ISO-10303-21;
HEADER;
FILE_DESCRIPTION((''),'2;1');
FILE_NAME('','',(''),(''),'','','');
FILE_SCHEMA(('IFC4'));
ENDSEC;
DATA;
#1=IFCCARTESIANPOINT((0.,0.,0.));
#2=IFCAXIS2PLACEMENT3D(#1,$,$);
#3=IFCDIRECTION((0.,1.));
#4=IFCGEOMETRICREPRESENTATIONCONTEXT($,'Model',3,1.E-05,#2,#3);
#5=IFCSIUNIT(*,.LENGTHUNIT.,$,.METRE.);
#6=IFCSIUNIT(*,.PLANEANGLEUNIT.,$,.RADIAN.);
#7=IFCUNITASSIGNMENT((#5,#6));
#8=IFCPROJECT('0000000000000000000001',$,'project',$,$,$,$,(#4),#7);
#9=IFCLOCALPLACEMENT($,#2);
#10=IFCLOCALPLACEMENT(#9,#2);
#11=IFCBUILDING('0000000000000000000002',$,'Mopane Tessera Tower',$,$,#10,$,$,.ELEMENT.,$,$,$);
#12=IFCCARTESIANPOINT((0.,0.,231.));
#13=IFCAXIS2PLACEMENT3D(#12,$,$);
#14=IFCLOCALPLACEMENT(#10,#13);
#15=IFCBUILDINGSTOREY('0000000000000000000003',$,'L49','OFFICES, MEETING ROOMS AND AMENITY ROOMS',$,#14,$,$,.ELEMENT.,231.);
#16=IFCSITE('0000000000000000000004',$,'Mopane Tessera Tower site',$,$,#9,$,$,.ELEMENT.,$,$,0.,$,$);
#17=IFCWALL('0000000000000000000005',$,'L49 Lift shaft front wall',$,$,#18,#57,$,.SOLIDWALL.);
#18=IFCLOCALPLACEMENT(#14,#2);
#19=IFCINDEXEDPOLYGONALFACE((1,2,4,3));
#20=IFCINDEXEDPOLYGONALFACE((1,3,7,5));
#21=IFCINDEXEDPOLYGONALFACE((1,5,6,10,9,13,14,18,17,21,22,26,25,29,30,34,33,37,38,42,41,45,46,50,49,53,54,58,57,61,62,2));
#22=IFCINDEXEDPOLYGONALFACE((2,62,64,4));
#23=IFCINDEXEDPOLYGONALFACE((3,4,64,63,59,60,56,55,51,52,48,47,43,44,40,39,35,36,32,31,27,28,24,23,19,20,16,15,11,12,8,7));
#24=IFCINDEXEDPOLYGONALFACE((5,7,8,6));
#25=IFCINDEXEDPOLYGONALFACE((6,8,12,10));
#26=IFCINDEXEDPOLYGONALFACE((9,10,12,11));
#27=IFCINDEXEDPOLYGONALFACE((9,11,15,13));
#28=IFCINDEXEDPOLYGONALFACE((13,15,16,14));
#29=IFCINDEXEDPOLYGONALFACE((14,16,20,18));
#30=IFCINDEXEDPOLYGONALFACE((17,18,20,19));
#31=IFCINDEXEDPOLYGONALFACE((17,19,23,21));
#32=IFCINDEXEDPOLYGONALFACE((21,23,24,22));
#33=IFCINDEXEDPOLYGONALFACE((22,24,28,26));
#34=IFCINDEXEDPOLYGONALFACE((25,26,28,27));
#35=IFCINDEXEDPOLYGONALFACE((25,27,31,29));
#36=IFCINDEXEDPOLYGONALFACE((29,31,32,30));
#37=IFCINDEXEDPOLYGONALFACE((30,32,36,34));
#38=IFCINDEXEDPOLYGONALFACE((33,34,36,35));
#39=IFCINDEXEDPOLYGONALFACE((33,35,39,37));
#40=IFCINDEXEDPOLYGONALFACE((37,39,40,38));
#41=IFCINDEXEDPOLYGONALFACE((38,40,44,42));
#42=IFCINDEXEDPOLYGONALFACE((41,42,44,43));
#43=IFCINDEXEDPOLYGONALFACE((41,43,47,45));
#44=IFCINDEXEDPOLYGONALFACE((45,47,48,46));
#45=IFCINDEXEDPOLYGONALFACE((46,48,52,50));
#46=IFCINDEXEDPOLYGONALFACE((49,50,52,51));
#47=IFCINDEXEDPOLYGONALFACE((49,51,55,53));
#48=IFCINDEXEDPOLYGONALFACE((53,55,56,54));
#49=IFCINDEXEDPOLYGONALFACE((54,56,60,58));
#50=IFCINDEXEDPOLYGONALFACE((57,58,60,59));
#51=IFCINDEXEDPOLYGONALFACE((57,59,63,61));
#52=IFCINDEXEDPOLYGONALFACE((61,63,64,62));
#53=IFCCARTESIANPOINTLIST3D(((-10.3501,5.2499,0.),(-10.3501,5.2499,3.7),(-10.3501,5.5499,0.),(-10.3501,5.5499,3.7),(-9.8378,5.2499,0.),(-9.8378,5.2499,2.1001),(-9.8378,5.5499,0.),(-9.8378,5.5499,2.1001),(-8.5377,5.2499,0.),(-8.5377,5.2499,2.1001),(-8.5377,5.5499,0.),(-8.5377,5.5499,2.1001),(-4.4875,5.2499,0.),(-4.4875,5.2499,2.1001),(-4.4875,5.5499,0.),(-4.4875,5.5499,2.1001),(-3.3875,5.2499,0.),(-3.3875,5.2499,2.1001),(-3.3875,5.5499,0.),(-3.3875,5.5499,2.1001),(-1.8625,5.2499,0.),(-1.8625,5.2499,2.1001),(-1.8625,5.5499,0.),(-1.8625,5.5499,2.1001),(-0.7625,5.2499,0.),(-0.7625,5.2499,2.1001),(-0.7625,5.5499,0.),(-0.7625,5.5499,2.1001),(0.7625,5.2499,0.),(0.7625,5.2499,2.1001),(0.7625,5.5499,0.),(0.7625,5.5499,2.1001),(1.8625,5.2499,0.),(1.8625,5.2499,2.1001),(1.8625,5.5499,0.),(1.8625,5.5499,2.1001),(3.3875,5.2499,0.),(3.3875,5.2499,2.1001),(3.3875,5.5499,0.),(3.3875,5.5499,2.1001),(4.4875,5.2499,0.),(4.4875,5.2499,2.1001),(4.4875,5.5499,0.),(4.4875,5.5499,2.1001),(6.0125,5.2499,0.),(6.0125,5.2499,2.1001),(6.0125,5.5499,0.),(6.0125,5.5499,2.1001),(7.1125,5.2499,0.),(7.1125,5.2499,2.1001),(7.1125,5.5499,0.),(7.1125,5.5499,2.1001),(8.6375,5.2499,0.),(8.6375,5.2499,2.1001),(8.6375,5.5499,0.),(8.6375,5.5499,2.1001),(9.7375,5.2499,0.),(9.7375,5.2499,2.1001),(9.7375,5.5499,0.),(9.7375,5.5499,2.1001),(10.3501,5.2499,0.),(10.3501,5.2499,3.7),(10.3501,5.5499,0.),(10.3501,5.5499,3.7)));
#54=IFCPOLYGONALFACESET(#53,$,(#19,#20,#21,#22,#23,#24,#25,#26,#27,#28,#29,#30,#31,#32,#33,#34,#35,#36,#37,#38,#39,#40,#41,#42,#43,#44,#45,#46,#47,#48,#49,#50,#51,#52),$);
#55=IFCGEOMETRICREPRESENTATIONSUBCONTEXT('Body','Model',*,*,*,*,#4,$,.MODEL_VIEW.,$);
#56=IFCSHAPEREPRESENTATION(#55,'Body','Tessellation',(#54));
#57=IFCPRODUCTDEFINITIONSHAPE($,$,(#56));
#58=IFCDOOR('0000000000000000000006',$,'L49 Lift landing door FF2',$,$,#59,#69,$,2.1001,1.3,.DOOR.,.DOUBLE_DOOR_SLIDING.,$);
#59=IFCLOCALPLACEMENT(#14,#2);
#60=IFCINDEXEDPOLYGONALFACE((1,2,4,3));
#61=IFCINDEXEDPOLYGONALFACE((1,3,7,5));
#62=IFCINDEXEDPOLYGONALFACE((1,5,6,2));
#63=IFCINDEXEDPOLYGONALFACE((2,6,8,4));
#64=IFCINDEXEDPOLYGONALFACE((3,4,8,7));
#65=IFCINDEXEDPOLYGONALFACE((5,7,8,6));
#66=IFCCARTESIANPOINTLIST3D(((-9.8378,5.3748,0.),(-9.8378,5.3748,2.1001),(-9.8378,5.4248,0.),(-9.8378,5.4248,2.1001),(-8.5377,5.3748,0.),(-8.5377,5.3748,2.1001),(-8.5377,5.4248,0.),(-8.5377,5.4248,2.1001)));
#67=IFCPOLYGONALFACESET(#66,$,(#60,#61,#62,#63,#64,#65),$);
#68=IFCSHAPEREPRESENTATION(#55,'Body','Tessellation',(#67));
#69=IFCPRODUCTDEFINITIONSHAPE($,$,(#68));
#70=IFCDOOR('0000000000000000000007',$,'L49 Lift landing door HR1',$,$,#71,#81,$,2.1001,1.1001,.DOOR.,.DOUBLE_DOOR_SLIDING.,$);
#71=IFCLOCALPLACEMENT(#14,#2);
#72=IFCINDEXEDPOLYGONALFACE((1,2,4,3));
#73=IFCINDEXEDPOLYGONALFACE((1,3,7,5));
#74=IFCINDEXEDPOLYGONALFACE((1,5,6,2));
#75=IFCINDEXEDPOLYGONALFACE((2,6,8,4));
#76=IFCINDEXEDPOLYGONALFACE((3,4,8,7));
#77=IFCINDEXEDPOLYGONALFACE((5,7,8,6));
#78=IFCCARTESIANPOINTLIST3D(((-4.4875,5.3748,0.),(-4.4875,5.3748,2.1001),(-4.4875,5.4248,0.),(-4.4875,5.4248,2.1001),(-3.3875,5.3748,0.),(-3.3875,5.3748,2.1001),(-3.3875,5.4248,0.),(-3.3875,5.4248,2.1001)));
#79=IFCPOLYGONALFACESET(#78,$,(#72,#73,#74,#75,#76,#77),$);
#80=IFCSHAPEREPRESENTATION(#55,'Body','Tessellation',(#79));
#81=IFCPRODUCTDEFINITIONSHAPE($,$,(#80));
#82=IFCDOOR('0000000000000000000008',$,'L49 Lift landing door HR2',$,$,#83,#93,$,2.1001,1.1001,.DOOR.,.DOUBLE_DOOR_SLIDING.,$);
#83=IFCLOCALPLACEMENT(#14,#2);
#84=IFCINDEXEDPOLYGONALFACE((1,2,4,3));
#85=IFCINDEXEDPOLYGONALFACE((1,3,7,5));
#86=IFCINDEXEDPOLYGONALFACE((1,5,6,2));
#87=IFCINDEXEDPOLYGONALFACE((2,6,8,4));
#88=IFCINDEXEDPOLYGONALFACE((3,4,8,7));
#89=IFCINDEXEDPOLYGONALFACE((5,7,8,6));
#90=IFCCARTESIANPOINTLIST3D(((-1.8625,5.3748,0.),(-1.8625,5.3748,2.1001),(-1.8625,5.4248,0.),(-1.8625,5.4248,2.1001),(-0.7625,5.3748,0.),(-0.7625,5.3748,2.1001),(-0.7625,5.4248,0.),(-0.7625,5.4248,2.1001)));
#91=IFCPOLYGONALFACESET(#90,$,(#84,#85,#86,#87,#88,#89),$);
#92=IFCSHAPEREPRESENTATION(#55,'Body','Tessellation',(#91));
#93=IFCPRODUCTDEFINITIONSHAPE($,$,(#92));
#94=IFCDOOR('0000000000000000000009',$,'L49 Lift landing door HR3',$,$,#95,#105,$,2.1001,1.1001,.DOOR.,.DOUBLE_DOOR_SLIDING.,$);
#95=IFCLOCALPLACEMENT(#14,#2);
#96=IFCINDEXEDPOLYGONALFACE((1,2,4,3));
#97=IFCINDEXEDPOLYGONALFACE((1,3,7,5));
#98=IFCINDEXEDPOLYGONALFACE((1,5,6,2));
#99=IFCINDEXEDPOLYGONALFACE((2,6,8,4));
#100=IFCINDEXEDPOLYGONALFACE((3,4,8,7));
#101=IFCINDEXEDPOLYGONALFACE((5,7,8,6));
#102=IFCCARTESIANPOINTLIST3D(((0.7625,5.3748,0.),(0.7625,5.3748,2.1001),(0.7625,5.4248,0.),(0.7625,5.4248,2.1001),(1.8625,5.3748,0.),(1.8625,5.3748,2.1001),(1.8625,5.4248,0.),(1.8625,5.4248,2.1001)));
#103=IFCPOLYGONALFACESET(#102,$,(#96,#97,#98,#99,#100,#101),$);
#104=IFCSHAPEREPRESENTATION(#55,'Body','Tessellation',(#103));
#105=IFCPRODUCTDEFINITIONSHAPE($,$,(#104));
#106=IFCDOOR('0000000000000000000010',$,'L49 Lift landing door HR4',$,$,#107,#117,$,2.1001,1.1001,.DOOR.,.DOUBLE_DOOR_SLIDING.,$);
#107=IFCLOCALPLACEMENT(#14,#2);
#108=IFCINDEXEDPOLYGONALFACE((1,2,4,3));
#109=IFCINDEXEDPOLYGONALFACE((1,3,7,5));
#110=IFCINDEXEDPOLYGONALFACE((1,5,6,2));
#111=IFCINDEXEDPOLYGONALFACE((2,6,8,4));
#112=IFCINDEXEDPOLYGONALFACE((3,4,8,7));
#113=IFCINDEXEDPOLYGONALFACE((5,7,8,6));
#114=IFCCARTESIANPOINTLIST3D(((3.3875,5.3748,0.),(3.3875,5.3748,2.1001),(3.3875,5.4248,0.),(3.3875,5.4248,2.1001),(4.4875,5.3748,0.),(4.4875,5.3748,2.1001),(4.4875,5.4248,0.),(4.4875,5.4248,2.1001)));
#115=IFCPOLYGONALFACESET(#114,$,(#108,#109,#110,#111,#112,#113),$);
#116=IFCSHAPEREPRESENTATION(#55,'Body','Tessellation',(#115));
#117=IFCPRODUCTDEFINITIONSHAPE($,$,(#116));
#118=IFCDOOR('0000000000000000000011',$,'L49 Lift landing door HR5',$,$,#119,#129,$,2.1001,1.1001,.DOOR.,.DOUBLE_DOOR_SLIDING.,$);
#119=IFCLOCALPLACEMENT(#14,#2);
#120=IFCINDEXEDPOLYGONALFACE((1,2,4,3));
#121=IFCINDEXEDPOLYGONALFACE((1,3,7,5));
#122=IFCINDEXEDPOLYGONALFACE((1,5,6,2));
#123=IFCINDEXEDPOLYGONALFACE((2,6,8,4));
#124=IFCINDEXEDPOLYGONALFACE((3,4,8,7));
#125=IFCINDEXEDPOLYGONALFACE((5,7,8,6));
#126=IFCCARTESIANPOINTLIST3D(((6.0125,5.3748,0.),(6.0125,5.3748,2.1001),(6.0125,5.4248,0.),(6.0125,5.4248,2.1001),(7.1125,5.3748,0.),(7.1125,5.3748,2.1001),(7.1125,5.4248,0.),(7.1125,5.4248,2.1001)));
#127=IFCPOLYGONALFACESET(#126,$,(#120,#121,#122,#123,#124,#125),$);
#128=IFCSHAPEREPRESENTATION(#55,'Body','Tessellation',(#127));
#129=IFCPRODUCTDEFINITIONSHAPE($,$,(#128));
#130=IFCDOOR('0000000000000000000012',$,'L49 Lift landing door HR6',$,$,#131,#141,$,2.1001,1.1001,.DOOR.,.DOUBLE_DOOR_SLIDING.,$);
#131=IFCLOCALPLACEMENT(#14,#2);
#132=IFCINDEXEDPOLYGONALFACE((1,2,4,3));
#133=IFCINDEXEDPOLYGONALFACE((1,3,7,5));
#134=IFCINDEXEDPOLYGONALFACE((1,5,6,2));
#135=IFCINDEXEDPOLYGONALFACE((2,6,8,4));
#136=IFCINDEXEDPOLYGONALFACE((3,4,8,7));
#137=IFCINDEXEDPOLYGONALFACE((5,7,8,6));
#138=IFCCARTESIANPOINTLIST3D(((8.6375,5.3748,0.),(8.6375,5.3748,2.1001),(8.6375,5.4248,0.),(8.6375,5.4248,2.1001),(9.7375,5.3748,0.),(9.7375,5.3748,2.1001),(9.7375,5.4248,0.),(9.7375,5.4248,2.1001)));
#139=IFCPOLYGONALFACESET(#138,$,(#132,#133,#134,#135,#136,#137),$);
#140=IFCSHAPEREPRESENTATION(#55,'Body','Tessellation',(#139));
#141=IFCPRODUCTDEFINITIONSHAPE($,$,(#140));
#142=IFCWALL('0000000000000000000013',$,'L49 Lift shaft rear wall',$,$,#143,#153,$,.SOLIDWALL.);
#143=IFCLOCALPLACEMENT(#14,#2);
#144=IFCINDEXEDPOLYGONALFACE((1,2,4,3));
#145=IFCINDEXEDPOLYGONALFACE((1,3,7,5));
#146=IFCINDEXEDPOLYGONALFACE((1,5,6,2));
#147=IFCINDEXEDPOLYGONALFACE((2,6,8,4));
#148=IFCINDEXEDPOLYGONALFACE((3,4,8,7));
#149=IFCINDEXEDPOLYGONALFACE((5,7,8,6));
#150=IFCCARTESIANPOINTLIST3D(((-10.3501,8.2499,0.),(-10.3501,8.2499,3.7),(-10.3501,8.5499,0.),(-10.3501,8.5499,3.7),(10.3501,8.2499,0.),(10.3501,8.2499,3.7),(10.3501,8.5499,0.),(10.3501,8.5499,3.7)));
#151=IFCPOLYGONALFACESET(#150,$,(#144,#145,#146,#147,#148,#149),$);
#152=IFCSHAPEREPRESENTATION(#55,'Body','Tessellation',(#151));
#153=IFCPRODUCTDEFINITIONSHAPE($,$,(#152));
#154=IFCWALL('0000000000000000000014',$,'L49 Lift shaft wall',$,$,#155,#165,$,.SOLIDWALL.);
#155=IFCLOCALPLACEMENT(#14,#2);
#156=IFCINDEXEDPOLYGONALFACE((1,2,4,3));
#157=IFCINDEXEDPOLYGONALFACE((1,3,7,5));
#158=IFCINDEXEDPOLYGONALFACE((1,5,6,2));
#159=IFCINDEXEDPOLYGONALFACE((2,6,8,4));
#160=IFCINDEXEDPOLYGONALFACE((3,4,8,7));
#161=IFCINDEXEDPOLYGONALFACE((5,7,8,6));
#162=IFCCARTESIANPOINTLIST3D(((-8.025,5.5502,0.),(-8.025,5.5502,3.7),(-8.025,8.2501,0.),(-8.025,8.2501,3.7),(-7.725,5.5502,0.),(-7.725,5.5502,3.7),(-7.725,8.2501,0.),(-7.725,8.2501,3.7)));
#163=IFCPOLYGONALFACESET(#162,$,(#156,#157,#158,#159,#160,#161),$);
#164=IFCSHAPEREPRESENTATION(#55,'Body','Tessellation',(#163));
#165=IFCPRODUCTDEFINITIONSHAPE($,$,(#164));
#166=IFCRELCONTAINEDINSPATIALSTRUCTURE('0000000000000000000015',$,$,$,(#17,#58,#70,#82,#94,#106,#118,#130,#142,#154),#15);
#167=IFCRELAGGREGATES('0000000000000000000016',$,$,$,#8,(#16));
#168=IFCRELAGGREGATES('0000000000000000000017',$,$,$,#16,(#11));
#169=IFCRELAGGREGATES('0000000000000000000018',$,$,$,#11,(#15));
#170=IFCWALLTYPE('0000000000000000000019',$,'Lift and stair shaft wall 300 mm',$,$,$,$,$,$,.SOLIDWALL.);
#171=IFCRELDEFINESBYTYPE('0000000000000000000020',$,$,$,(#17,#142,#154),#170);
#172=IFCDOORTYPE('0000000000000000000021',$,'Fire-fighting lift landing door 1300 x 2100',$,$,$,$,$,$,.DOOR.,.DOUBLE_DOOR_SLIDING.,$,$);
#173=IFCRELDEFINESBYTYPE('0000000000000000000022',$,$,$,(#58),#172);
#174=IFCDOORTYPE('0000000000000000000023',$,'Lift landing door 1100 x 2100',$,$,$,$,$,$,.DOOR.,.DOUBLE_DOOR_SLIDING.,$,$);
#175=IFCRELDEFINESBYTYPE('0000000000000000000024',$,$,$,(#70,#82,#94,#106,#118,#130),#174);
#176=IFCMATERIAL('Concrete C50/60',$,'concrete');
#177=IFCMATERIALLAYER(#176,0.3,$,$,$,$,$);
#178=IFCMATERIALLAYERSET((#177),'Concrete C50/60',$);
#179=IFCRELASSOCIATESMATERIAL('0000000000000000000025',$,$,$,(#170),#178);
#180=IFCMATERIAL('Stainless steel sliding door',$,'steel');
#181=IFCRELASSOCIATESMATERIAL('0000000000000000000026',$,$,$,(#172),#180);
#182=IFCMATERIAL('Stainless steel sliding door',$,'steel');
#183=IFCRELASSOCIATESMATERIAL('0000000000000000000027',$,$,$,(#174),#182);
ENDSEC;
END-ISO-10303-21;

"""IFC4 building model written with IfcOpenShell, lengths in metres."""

from ifc_helpers import new_model, si_unit, direction, frame, frame_2d, origin, place, context, subcontext, project, spatial, rectangle, extrude, material, layer, layer_set, type_object, element, fill, save


model = new_model("IFC4")

# Units and contexts
model_context = context("Model", 3, precision=1e-05, world=origin(), true_north=direction((0.0, 1.0)))
body_context = subcontext(model_context, "Body", "Model", "MODEL_VIEW")
ifc_project = project(units=[si_unit("LENGTHUNIT", "METRE"), si_unit("PLANEANGLEUNIT", "RADIAN")], contexts=[model_context])

# Site, building, storey
site_placement = place(None, origin())
site = spatial("IfcSite", under=ifc_project, at=site_placement, Name="Mopane Tessera Tower site", CompositionType="ELEMENT", RefElevation=0.0)
building_placement = place(site_placement, origin())
building = spatial("IfcBuilding", under=site, at=building_placement, Name="Mopane Tessera Tower", CompositionType="ELEMENT")
storey_placement = place(building_placement, frame((0.0, 0.0, 231.0)))
storey = spatial("IfcBuildingStorey", under=building, at=storey_placement, Name="L49", Description="OFFICES, MEETING ROOMS AND AMENITY ROOMS", CompositionType="ELEMENT", Elevation=231.0)

# Wall, openings, doors
ifc_material_1 = material(Name="Concrete C50/60", Category="concrete")
ifc_layer_1 = layer(ifc_material_1, 0.3)
ifc_layer_set_1 = layer_set([ifc_layer_1], Name="Concrete C50/60")
wall_type_1 = type_object("IfcWallType", Name="Lift and stair shaft wall 300 mm", PredefinedType="SOLIDWALL", material=ifc_layer_set_1)
wall_1_placement = place(storey_placement, frame((-10.3501, 5.3999, 0.0), z_axis=(0.0, 0.0, 1.0), x_axis=(1.0, 0.0, 0.0)))
wall_1 = element("IfcWall", 1, at=wall_1_placement, inside=storey, type_object=wall_type_1, Name="L49 Lift shaft front wall", PredefinedType="SOLIDWALL", context=body_context, shape_type="SweptSolid", body=[
    extrude(rectangle(XDim=20.7002, YDim=0.3, at=frame_2d((10.3501, 0.0))), origin(), (0.0, 0.0, 1.0), 3.7),
])
opening_1_placement = place(wall_1_placement, frame((0.5125, 0.0, 0.0)))
opening_1 = element("IfcOpeningElement", 2, at=opening_1_placement, cuts=wall_1, PredefinedType="OPENING", context=body_context, shape_type="SweptSolid", body=[
    extrude(rectangle(XDim=1.3, YDim=2.1001, at=frame_2d((0.6499, 1.05))), frame((0.0, 0.1621, 0.0), z_axis=(0.0, -1.0, 0.0), x_axis=(1.0, 0.0, 0.0)), (0.0, 0.0, 1.0), 0.324),
])
opening_2_placement = place(wall_1_placement, frame((5.8625, 0.0, 0.0)))
opening_2 = element("IfcOpeningElement", 3, at=opening_2_placement, cuts=wall_1, PredefinedType="OPENING", context=body_context, shape_type="SweptSolid", body=[
    extrude(rectangle(XDim=1.1001, YDim=2.1001, at=frame_2d((0.55, 1.05))), frame((0.0, 0.1621, 0.0), z_axis=(0.0, -1.0, 0.0), x_axis=(1.0, 0.0, 0.0)), (0.0, 0.0, 1.0), 0.324),
])
opening_3_placement = place(wall_1_placement, frame((8.4875, 0.0, 0.0)))
opening_3 = element("IfcOpeningElement", 4, at=opening_3_placement, cuts=wall_1, PredefinedType="OPENING", context=body_context, shape_type="SweptSolid", body=[
    extrude(rectangle(XDim=1.1001, YDim=2.1001, at=frame_2d((0.55, 1.05))), frame((0.0, 0.1621, 0.0), z_axis=(0.0, -1.0, 0.0), x_axis=(1.0, 0.0, 0.0)), (0.0, 0.0, 1.0), 0.324),
])
opening_4_placement = place(wall_1_placement, frame((11.1125, 0.0, 0.0)))
opening_4 = element("IfcOpeningElement", 5, at=opening_4_placement, cuts=wall_1, PredefinedType="OPENING", context=body_context, shape_type="SweptSolid", body=[
    extrude(rectangle(XDim=1.1001, YDim=2.1001, at=frame_2d((0.55, 1.05))), frame((0.0, 0.1621, 0.0), z_axis=(0.0, -1.0, 0.0), x_axis=(1.0, 0.0, 0.0)), (0.0, 0.0, 1.0), 0.324),
])
opening_5_placement = place(wall_1_placement, frame((13.7375, 0.0, 0.0)))
opening_5 = element("IfcOpeningElement", 6, at=opening_5_placement, cuts=wall_1, PredefinedType="OPENING", context=body_context, shape_type="SweptSolid", body=[
    extrude(rectangle(XDim=1.1001, YDim=2.1001, at=frame_2d((0.55, 1.05))), frame((0.0, 0.1621, 0.0), z_axis=(0.0, -1.0, 0.0), x_axis=(1.0, 0.0, 0.0)), (0.0, 0.0, 1.0), 0.324),
])
opening_6_placement = place(wall_1_placement, frame((16.3625, 0.0, 0.0)))
opening_6 = element("IfcOpeningElement", 7, at=opening_6_placement, cuts=wall_1, PredefinedType="OPENING", context=body_context, shape_type="SweptSolid", body=[
    extrude(rectangle(XDim=1.1001, YDim=2.1001, at=frame_2d((0.55, 1.05))), frame((0.0, 0.1621, 0.0), z_axis=(0.0, -1.0, 0.0), x_axis=(1.0, 0.0, 0.0)), (0.0, 0.0, 1.0), 0.324),
])
opening_7_placement = place(wall_1_placement, frame((18.9875, 0.0, 0.0)))
opening_7 = element("IfcOpeningElement", 8, at=opening_7_placement, cuts=wall_1, PredefinedType="OPENING", context=body_context, shape_type="SweptSolid", body=[
    extrude(rectangle(XDim=1.1001, YDim=2.1001, at=frame_2d((0.55, 1.05))), frame((0.0, 0.1621, 0.0), z_axis=(0.0, -1.0, 0.0), x_axis=(1.0, 0.0, 0.0)), (0.0, 0.0, 1.0), 0.324),
])
ifc_material_2 = material(Name="Stainless steel sliding door", Category="steel")
door_type_1 = type_object("IfcDoorType", Name="Fire-fighting lift landing door 1300 x 2100", OperationType="DOUBLE_DOOR_SLIDING", PredefinedType="DOOR", material=ifc_material_2)
door_1_placement = place(opening_1_placement, origin())
door_1 = element("IfcDoor", 9, at=door_1_placement, inside=storey, type_object=door_type_1, Name="L49 Lift landing door FF2", OperationType="DOUBLE_DOOR_SLIDING", OverallHeight=2.1001, OverallWidth=1.3, PredefinedType="DOOR", context=body_context, shape_type="SweptSolid", body=[
    extrude(rectangle(XDim=1.3, YDim=2.1001, at=frame_2d((0.6499, 1.05))), frame((0.0, 0.0249, 0.0), z_axis=(0.0, -1.0, 0.0), x_axis=(1.0, 0.0, 0.0)), (0.0, 0.0, 1.0), 0.05),
])
fill(opening_1, door_1)
ifc_material_3 = material(Name="Stainless steel sliding door", Category="steel")
door_type_2 = type_object("IfcDoorType", Name="Lift landing door 1100 x 2100", OperationType="DOUBLE_DOOR_SLIDING", PredefinedType="DOOR", material=ifc_material_3)
door_2_placement = place(opening_2_placement, origin())
door_2 = element("IfcDoor", 10, at=door_2_placement, inside=storey, type_object=door_type_2, Name="L49 Lift landing door HR1", OperationType="DOUBLE_DOOR_SLIDING", OverallHeight=2.1001, OverallWidth=1.1001, PredefinedType="DOOR", context=body_context, shape_type="SweptSolid", body=[
    extrude(rectangle(XDim=1.1001, YDim=2.1001, at=frame_2d((0.55, 1.05))), frame((0.0, 0.0249, 0.0), z_axis=(0.0, -1.0, 0.0), x_axis=(1.0, 0.0, 0.0)), (0.0, 0.0, 1.0), 0.05),
])
fill(opening_2, door_2)
door_3_placement = place(opening_3_placement, origin())
door_3 = element("IfcDoor", 11, at=door_3_placement, inside=storey, type_object=door_type_2, Name="L49 Lift landing door HR2", OperationType="DOUBLE_DOOR_SLIDING", OverallHeight=2.1001, OverallWidth=1.1001, PredefinedType="DOOR", context=body_context, shape_type="SweptSolid", body=[
    extrude(rectangle(XDim=1.1001, YDim=2.1001, at=frame_2d((0.55, 1.05))), frame((0.0, 0.0249, 0.0), z_axis=(0.0, -1.0, 0.0), x_axis=(1.0, 0.0, 0.0)), (0.0, 0.0, 1.0), 0.05),
])
fill(opening_3, door_3)
door_4_placement = place(opening_4_placement, origin())
door_4 = element("IfcDoor", 12, at=door_4_placement, inside=storey, type_object=door_type_2, Name="L49 Lift landing door HR3", OperationType="DOUBLE_DOOR_SLIDING", OverallHeight=2.1001, OverallWidth=1.1001, PredefinedType="DOOR", context=body_context, shape_type="SweptSolid", body=[
    extrude(rectangle(XDim=1.1001, YDim=2.1001, at=frame_2d((0.55, 1.05))), frame((0.0, 0.0249, 0.0), z_axis=(0.0, -1.0, 0.0), x_axis=(1.0, 0.0, 0.0)), (0.0, 0.0, 1.0), 0.05),
])
fill(opening_4, door_4)
door_5_placement = place(opening_5_placement, origin())
door_5 = element("IfcDoor", 13, at=door_5_placement, inside=storey, type_object=door_type_2, Name="L49 Lift landing door HR4", OperationType="DOUBLE_DOOR_SLIDING", OverallHeight=2.1001, OverallWidth=1.1001, PredefinedType="DOOR", context=body_context, shape_type="SweptSolid", body=[
    extrude(rectangle(XDim=1.1001, YDim=2.1001, at=frame_2d((0.55, 1.05))), frame((0.0, 0.0249, 0.0), z_axis=(0.0, -1.0, 0.0), x_axis=(1.0, 0.0, 0.0)), (0.0, 0.0, 1.0), 0.05),
])
fill(opening_5, door_5)
door_6_placement = place(opening_6_placement, origin())
door_6 = element("IfcDoor", 14, at=door_6_placement, inside=storey, type_object=door_type_2, Name="L49 Lift landing door HR5", OperationType="DOUBLE_DOOR_SLIDING", OverallHeight=2.1001, OverallWidth=1.1001, PredefinedType="DOOR", context=body_context, shape_type="SweptSolid", body=[
    extrude(rectangle(XDim=1.1001, YDim=2.1001, at=frame_2d((0.55, 1.05))), frame((0.0, 0.0249, 0.0), z_axis=(0.0, -1.0, 0.0), x_axis=(1.0, 0.0, 0.0)), (0.0, 0.0, 1.0), 0.05),
])
fill(opening_6, door_6)
door_7_placement = place(opening_7_placement, origin())
door_7 = element("IfcDoor", 15, at=door_7_placement, inside=storey, type_object=door_type_2, Name="L49 Lift landing door HR6", OperationType="DOUBLE_DOOR_SLIDING", OverallHeight=2.1001, OverallWidth=1.1001, PredefinedType="DOOR", context=body_context, shape_type="SweptSolid", body=[
    extrude(rectangle(XDim=1.1001, YDim=2.1001, at=frame_2d((0.55, 1.05))), frame((0.0, 0.0249, 0.0), z_axis=(0.0, -1.0, 0.0), x_axis=(1.0, 0.0, 0.0)), (0.0, 0.0, 1.0), 0.05),
])
fill(opening_7, door_7)

# Walls
wall_2_placement = place(storey_placement, frame((-10.3501, 8.3999, 0.0), z_axis=(0.0, 0.0, 1.0), x_axis=(1.0, 0.0, 0.0)))
element("IfcWall", 16, at=wall_2_placement, inside=storey, type_object=wall_type_1, Name="L49 Lift shaft rear wall", PredefinedType="SOLIDWALL", context=body_context, shape_type="SweptSolid", body=[
    extrude(rectangle(XDim=20.7002, YDim=0.3, at=frame_2d((10.3501, 0.0))), origin(), (0.0, 0.0, 1.0), 3.7),
])
for number, where, z_axis, x_axis, name in (
    (17, (-7.875, 5.55, 0.0), (0.0, 0.0, 1.0), (0.0, 1.0, 0.0), "L49 Lift shaft wall"),
):
    element("IfcWall", number, at=place(storey_placement, frame(where, z_axis=z_axis, x_axis=x_axis)), inside=storey, type_object=wall_type_1, Name=name, PredefinedType="SOLIDWALL", context=body_context, shape_type="SweptSolid", body=[
        extrude(rectangle(XDim=2.7, YDim=0.3, at=frame_2d((1.3501, 0.0))), origin(), (0.0, 0.0, 1.0), 3.7),
    ])

save(model, "model.ifc")
